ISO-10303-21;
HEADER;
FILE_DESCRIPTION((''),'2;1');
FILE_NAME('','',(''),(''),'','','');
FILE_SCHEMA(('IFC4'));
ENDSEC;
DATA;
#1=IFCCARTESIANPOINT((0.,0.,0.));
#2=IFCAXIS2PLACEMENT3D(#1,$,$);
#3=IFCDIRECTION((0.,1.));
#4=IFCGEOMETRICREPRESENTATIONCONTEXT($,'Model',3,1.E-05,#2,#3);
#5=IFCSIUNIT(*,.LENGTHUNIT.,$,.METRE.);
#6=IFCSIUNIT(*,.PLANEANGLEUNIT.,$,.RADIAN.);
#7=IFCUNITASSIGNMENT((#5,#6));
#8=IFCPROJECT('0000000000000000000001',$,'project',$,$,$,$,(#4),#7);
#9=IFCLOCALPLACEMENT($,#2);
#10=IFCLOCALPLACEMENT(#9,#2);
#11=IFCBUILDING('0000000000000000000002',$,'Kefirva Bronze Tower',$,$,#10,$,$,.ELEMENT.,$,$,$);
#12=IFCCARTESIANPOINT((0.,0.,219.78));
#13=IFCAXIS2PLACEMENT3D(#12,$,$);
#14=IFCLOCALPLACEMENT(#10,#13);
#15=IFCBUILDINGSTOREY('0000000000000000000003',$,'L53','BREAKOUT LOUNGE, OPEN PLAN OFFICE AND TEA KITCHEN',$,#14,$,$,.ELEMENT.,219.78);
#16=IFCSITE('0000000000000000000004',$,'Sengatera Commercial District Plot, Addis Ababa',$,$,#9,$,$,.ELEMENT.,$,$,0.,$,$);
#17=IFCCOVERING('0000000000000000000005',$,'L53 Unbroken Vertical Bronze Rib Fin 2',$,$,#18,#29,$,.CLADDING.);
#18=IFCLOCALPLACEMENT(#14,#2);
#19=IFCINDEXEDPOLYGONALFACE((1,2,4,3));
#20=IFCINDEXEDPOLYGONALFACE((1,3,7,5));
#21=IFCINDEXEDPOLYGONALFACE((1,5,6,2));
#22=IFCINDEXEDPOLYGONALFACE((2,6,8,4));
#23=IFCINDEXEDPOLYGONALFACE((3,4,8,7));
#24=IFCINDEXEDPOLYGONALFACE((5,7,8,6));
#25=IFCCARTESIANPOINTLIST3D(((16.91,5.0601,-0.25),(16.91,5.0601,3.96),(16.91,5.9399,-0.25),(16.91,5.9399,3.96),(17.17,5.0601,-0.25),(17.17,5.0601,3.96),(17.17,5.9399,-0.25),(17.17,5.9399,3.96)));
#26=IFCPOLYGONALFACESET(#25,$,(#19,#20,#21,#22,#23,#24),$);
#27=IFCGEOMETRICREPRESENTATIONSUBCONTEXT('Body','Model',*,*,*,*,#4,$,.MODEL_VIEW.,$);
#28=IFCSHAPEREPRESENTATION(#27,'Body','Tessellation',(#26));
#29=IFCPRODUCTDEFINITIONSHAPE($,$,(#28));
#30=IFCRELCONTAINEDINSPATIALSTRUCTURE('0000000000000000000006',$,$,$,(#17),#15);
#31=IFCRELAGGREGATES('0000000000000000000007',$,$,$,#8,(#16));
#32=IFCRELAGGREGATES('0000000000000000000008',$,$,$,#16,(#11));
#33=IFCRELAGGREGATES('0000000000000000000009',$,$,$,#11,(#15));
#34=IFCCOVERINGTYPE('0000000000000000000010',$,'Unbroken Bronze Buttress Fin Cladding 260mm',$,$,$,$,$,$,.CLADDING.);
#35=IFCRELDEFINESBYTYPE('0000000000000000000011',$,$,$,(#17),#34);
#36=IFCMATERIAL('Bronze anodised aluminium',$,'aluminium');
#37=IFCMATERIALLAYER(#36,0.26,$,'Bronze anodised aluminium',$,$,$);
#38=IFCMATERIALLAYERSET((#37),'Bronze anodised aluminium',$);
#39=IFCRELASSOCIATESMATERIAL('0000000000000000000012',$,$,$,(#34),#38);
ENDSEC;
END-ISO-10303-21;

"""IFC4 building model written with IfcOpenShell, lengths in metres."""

from ifc_helpers import new_model, si_unit, direction, frame, origin, origin_2d, place, context, subcontext, project, spatial, rectangle, extrude, material, layer, layer_set, type_object, element, save


model = new_model("IFC4")

# Units and contexts
model_context = context("Model", 3, precision=1e-05, world=origin(), true_north=direction((0.0, 1.0)))
body_context = subcontext(model_context, "Body", "Model", "MODEL_VIEW")
ifc_project = project(units=[si_unit("LENGTHUNIT", "METRE"), si_unit("PLANEANGLEUNIT", "RADIAN")], contexts=[model_context])

# Site, building, storey
site_placement = place(None, origin())
site = spatial("IfcSite", under=ifc_project, at=site_placement, Name="Sengatera Commercial District Plot, Addis Ababa", CompositionType="ELEMENT", RefElevation=0.0)
building_placement = place(site_placement, origin())
building = spatial("IfcBuilding", under=site, at=building_placement, Name="Kefirva Bronze Tower", CompositionType="ELEMENT")
storey_placement = place(building_placement, frame((0.0, 0.0, 219.78)))
storey = spatial("IfcBuildingStorey", under=building, at=storey_placement, Name="L53", Description="BREAKOUT LOUNGE, OPEN PLAN OFFICE AND TEA KITCHEN", CompositionType="ELEMENT", Elevation=219.78)

# Shared definitions
ifc_material_1 = material(Name="Bronze anodised aluminium", Category="aluminium")

# Covering
ifc_layer_1 = layer(ifc_material_1, 0.26, Name="Bronze anodised aluminium")
ifc_layer_set_1 = layer_set([ifc_layer_1], Name="Bronze anodised aluminium")
covering_type_1 = type_object("IfcCoveringType", Name="Unbroken Bronze Buttress Fin Cladding 260mm", PredefinedType="CLADDING", material=ifc_layer_set_1)
for number, where, z_axis, x_axis, name in (
    (1, (17.04, 5.5, -0.25), (0.0, 0.0, 1.0), (1.0, 0.0, 0.0), "L53 Unbroken Vertical Bronze Rib Fin 2"),
):
    element("IfcCovering", number, at=place(storey_placement, frame(where, z_axis=z_axis, x_axis=x_axis)), inside=storey, type_object=covering_type_1, Name=name, PredefinedType="CLADDING", context=body_context, shape_type="SweptSolid", body=[
        extrude(rectangle(XDim=0.26, YDim=0.8799, at=origin_2d()), origin(), (0.0, 0.0, 1.0), 4.21),
    ])

save(model, "model.ifc")
